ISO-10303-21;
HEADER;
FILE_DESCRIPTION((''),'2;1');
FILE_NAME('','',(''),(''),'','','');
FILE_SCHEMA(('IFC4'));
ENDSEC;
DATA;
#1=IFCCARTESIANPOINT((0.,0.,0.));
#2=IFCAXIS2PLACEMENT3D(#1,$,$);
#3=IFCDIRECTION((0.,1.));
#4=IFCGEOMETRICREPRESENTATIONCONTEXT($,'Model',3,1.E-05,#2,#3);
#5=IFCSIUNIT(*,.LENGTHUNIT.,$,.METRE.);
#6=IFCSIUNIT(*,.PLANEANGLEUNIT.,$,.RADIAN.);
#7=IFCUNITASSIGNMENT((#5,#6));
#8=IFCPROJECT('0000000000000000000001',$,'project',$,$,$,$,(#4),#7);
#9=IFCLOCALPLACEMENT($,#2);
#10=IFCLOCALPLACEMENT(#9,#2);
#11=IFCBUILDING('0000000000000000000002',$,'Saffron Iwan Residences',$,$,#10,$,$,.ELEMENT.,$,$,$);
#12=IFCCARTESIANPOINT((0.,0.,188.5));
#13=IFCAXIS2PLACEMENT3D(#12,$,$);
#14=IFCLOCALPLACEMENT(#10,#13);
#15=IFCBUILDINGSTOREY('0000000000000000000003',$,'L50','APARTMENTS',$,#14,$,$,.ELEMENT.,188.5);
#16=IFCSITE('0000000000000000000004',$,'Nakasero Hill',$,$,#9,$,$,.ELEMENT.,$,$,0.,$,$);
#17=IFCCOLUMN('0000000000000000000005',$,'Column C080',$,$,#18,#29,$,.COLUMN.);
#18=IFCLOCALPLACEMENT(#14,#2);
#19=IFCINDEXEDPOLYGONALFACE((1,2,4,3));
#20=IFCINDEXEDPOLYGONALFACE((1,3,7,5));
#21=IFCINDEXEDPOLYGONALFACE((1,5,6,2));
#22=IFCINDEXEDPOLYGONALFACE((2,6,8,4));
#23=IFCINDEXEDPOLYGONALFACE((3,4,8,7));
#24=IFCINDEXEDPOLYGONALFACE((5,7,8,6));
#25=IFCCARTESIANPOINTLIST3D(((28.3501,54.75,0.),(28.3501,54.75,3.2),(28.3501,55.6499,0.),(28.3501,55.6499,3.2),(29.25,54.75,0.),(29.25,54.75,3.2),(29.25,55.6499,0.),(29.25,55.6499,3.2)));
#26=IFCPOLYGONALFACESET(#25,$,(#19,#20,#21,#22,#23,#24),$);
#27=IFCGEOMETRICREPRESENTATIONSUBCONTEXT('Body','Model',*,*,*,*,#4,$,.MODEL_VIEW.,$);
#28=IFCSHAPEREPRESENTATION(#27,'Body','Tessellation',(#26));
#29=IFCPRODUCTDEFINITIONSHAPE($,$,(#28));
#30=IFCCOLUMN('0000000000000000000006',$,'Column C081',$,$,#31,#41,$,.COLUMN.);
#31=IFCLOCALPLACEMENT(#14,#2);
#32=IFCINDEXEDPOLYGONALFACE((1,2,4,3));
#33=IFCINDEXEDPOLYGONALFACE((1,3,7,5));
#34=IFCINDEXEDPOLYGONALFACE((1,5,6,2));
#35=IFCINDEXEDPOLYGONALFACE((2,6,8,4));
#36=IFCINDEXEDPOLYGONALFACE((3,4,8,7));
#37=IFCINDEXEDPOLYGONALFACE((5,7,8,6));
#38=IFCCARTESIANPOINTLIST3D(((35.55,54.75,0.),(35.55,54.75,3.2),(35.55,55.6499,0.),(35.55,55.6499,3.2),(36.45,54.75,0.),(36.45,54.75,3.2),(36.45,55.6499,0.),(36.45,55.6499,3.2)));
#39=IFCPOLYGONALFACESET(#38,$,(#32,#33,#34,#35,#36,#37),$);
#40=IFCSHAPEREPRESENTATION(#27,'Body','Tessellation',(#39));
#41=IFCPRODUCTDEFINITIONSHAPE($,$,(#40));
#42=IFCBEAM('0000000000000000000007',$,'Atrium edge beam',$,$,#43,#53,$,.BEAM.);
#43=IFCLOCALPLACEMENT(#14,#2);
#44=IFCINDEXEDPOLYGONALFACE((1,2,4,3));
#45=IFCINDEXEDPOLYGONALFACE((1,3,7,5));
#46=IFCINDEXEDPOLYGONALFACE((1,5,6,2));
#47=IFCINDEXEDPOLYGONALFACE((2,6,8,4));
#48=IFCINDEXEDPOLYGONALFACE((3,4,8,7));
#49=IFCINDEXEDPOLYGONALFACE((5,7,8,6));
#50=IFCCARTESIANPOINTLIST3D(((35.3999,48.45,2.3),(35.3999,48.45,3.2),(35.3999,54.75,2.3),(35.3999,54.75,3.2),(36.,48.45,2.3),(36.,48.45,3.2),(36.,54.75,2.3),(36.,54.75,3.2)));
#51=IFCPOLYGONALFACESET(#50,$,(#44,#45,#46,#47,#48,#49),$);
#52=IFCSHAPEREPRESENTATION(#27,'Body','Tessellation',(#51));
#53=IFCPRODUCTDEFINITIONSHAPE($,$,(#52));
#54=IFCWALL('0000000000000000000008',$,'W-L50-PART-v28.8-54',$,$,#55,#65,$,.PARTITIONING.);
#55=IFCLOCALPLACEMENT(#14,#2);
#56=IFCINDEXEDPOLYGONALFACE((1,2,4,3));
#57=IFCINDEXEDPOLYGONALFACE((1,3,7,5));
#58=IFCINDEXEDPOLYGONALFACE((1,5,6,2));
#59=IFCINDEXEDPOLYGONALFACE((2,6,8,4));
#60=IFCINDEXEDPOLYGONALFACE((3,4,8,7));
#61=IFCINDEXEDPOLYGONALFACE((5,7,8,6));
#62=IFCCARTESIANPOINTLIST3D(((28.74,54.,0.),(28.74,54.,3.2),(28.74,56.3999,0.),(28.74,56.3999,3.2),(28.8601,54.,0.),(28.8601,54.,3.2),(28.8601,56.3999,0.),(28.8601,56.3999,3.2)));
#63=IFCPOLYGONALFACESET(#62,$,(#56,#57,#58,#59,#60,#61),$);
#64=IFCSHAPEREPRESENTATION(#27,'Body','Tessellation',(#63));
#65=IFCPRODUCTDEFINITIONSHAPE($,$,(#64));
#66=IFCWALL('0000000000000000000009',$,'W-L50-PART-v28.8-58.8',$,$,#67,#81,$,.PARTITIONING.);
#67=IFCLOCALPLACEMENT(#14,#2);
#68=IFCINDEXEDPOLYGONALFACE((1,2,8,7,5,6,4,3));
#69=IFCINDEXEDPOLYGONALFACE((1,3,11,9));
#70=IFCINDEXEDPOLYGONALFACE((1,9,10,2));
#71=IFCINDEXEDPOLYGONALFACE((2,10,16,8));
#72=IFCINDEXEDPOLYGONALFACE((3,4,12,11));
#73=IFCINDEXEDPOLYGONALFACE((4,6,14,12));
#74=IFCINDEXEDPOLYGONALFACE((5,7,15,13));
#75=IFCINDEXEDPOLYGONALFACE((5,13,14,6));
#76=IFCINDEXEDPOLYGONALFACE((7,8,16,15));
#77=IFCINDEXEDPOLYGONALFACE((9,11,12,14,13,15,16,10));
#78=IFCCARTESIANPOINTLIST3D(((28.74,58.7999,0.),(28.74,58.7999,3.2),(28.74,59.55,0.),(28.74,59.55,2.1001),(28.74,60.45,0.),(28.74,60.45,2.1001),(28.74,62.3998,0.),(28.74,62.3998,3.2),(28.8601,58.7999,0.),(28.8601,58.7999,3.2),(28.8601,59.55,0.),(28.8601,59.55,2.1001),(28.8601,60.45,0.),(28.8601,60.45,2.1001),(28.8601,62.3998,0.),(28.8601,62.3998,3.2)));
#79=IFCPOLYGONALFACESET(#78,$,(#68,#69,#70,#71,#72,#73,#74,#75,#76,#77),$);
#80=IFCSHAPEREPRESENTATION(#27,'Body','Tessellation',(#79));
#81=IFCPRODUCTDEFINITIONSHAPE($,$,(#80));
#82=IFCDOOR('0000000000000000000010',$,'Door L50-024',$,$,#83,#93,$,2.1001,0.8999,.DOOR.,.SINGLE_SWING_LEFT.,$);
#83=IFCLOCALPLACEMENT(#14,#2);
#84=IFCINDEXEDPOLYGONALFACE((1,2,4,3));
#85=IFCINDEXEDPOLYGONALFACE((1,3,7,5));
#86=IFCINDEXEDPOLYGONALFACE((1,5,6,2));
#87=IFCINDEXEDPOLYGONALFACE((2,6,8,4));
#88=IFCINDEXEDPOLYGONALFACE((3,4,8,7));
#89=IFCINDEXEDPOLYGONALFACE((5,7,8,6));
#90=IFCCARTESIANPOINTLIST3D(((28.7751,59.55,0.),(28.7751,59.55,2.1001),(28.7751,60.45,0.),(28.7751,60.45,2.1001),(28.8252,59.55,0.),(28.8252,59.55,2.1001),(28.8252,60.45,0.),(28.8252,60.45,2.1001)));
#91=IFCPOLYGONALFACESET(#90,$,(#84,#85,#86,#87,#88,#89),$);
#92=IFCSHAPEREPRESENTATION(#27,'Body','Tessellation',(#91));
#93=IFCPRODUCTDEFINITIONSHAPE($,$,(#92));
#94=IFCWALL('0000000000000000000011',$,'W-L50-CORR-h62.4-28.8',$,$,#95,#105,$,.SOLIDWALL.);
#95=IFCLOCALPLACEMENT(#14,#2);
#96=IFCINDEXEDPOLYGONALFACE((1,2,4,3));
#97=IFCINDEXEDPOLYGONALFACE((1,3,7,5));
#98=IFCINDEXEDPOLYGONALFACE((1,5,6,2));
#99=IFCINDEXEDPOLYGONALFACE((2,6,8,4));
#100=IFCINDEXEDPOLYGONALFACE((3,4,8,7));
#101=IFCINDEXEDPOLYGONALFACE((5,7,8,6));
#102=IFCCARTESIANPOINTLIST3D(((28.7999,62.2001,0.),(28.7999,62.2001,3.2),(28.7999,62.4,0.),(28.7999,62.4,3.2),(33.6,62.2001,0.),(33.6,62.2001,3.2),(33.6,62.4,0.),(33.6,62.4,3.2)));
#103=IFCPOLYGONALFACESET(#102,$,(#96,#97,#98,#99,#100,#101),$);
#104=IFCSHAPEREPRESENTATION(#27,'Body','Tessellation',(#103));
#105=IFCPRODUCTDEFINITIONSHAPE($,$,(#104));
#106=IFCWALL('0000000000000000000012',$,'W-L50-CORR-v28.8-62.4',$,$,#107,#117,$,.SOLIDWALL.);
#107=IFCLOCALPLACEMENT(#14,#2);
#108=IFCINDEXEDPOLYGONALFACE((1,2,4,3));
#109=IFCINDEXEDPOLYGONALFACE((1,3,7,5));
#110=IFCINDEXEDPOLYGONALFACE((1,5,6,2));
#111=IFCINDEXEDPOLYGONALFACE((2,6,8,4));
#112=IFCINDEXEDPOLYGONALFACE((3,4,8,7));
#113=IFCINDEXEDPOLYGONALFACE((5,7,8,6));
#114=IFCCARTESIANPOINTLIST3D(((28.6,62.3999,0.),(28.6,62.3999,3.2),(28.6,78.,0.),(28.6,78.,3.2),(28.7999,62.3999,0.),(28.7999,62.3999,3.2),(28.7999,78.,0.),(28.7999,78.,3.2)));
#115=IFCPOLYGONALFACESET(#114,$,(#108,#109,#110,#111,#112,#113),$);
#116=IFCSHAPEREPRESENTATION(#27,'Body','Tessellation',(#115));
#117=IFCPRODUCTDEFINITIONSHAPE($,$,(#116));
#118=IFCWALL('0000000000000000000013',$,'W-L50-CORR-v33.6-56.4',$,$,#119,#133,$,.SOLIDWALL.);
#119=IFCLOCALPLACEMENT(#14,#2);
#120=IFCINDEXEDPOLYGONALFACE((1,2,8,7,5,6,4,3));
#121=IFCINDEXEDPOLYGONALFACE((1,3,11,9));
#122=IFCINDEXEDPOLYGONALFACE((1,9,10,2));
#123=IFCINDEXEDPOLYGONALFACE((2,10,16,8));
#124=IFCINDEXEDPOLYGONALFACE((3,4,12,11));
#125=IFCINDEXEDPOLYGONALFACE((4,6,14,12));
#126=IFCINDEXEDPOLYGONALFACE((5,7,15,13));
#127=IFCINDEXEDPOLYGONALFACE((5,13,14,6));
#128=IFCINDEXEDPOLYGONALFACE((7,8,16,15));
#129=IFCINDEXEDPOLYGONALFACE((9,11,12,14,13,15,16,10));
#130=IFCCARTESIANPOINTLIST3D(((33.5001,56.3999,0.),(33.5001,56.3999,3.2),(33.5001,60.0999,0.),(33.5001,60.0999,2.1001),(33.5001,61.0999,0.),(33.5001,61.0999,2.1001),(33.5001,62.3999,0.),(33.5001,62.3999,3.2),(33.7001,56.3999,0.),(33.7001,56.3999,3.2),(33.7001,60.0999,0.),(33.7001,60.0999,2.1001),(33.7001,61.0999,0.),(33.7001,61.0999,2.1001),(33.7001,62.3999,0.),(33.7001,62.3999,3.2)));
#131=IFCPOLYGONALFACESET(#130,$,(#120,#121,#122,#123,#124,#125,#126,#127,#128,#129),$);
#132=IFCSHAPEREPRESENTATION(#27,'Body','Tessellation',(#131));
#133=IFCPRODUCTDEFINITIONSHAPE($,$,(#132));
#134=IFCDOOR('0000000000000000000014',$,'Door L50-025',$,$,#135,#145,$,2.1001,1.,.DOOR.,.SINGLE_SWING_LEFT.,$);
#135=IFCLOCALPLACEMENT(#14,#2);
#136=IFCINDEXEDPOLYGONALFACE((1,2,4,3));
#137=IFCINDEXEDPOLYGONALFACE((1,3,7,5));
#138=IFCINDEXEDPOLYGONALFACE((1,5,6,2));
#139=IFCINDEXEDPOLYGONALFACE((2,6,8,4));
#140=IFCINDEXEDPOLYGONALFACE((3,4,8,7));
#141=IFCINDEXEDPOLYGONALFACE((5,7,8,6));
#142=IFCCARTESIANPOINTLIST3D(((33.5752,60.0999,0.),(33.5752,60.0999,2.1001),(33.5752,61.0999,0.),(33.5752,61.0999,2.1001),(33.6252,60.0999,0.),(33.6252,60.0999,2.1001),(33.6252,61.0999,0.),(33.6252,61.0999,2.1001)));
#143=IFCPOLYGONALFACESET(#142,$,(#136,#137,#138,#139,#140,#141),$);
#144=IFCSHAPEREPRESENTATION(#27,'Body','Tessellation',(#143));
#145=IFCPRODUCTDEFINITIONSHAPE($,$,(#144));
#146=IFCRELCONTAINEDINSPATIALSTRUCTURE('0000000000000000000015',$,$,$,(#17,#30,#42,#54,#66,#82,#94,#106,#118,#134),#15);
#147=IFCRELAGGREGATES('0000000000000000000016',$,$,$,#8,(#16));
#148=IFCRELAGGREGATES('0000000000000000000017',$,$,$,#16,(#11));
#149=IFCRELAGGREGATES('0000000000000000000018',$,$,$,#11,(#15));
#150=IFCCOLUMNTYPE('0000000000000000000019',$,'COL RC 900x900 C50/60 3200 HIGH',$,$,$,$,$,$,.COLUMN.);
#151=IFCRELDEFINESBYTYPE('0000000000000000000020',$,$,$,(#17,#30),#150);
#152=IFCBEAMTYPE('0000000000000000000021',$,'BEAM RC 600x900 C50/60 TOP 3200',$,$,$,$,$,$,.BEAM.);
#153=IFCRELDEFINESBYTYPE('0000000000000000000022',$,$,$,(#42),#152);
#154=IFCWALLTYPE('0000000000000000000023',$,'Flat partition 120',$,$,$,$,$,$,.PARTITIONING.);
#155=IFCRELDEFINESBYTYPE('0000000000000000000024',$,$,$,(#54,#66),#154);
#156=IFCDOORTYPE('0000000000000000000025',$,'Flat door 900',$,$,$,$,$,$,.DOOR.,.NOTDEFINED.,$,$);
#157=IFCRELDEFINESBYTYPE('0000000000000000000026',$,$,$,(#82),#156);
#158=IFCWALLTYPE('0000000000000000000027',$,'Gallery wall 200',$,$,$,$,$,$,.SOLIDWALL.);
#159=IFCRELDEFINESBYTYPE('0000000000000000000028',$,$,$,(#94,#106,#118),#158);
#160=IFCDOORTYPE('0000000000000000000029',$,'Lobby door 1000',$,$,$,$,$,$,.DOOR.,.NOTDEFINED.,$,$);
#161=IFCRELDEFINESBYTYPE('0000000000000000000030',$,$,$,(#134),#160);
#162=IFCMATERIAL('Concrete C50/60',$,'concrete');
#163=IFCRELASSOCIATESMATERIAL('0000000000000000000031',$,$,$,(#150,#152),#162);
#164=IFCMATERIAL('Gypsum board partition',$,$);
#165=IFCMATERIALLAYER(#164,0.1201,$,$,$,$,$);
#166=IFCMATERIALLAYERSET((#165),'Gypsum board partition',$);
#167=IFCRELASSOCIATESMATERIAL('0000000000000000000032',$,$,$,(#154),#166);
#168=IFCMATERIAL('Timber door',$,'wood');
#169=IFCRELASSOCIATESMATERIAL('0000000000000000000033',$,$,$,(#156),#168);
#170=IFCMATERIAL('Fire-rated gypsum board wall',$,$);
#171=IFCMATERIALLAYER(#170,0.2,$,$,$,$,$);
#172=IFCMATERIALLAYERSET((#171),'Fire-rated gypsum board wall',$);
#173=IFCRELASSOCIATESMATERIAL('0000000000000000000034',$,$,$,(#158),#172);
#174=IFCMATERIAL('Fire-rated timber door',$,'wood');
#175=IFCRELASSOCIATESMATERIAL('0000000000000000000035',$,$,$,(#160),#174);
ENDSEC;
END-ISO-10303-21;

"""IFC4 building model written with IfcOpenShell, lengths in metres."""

from ifc_helpers import new_model, si_unit, direction, frame, frame_2d, origin, origin_2d, place, context, subcontext, project, spatial, rectangle, extrude, source, transform, mapped, material, layer, layer_set, material_profile, profile_set, type_object, element, fill, save


model = new_model("IFC4")

# Units and contexts
model_context = context("Model", 3, precision=1e-05, world=origin(), true_north=direction((0.0, 1.0)))
body_context = subcontext(model_context, "Body", "Model", "MODEL_VIEW")
ifc_project = project(units=[si_unit("LENGTHUNIT", "METRE"), si_unit("PLANEANGLEUNIT", "RADIAN")], contexts=[model_context])

# Site, building, storey
site_placement = place(None, origin())
site = spatial("IfcSite", under=ifc_project, at=site_placement, Name="Nakasero Hill", CompositionType="ELEMENT", RefElevation=0.0)
building_placement = place(site_placement, origin())
building = spatial("IfcBuilding", under=site, at=building_placement, Name="Saffron Iwan Residences", CompositionType="ELEMENT")
storey_placement = place(building_placement, frame((0.0, 0.0, 188.5)))
storey = spatial("IfcBuildingStorey", under=building, at=storey_placement, Name="L50", Description="APARTMENTS", CompositionType="ELEMENT", Elevation=188.5)

# Columns
ifc_material_1 = material(Name="Concrete C50/60", Category="concrete")
ifc_material_profile_1 = material_profile(ifc_material_1, rectangle(XDim=0.8999, YDim=0.8999, at=origin_2d()), Name="RC 900x900")
ifc_profile_set_1 = profile_set([ifc_material_profile_1], Name="Concrete C50/60")
column_type = type_object("IfcColumnType", Name="COL RC 900x900 C50/60 3200 HIGH", PredefinedType="COLUMN", material=ifc_profile_set_1)
shared_shape_1 = source(origin(), body_context, "Body", "SweptSolid", [
    extrude(rectangle(XDim=0.8999, YDim=0.8999, at=origin_2d()), origin(), (0.0, 0.0, 1.0), 3.2),
])
for number, where, z_axis, x_axis, name in (
    (1, (28.8, 55.2, 0.0), (0.0, 0.0, 1.0), (1.0, 0.0, 0.0), "Column C080"),
    (2, (36.0, 55.2, 0.0), (0.0, 0.0, 1.0), (1.0, 0.0, 0.0), "Column C081"),
):
    element("IfcColumn", number, at=place(storey_placement, frame(where, z_axis=z_axis, x_axis=x_axis)), inside=storey, type_object=column_type, Name=name, PredefinedType="COLUMN", context=body_context, shape_type="MappedRepresentation", body=[
        mapped(shared_shape_1, transform((0.0, 0.0, 0.0))),
    ])

# Beam
ifc_material_profile_2 = material_profile(ifc_material_1, rectangle(XDim=0.6001, YDim=0.8999, at=origin_2d()), Name="RC 600x900")
ifc_profile_set_2 = profile_set([ifc_material_profile_2], Name="Concrete C50/60")
beam_type = type_object("IfcBeamType", Name="BEAM RC 600x900 C50/60 TOP 3200", PredefinedType="BEAM", material=ifc_profile_set_2)
shared_shape_2 = source(origin(), body_context, "Body", "SweptSolid", [
    extrude(rectangle(XDim=0.6001, YDim=0.8999, at=origin_2d()), origin(), (0.0, 0.0, 1.0), 6.3),
])
beam_placement = place(storey_placement, frame((35.7, 48.45, 2.75), z_axis=(0.0, 1.0, 0.0), x_axis=(-1.0, 0.0, 0.0)))
element("IfcBeam", 3, at=beam_placement, inside=storey, type_object=beam_type, Name="Atrium edge beam", PredefinedType="BEAM", context=body_context, shape_type="MappedRepresentation", body=[
    mapped(shared_shape_2, transform((0.0, 0.0, 0.0))),
])

# Wall
ifc_material_2 = material(Name="Gypsum board partition")
ifc_layer_1 = layer(ifc_material_2, 0.1201)
ifc_layer_set_1 = layer_set([ifc_layer_1], Name="Gypsum board partition")
wall_type_1 = type_object("IfcWallType", Name="Flat partition 120", PredefinedType="PARTITIONING", material=ifc_layer_set_1)
wall_1_placement = place(storey_placement, frame((28.8, 54.0, 0.0), z_axis=(0.0, 0.0, 1.0), x_axis=(0.0, 1.0, 0.0)))
element("IfcWall", 4, at=wall_1_placement, inside=storey, type_object=wall_type_1, Name="W-L50-PART-v28.8-54", PredefinedType="PARTITIONING", context=body_context, shape_type="SweptSolid", body=[
    extrude(rectangle(XDim=2.3999, YDim=0.1201, at=frame_2d((1.2, 0.0))), origin(), (0.0, 0.0, 1.0), 3.2),
])

# Wall, opening, door
wall_2_placement = place(storey_placement, frame((28.8, 58.8, 0.0), z_axis=(0.0, 0.0, 1.0), x_axis=(0.0, 1.0, 0.0)))
wall_2 = element("IfcWall", 5, at=wall_2_placement, inside=storey, type_object=wall_type_1, Name="W-L50-PART-v28.8-58.8", PredefinedType="PARTITIONING", context=body_context, shape_type="SweptSolid", body=[
    extrude(rectangle(XDim=3.5999, YDim=0.1201, at=frame_2d((1.7998, 0.0))), origin(), (0.0, 0.0, 1.0), 3.2),
])
opening_1_placement = place(wall_2_placement, frame((0.75, 0.0, 0.0)))
opening_1 = element("IfcOpeningElement", 6, at=opening_1_placement, cuts=wall_2, PredefinedType="OPENING", context=body_context, shape_type="SweptSolid", body=[
    extrude(rectangle(XDim=0.8999, YDim=2.1001, at=frame_2d((0.45, 1.05))), frame((0.0, 0.0701, 0.0), z_axis=(0.0, -1.0, 0.0), x_axis=(1.0, 0.0, 0.0)), (0.0, 0.0, 1.0), 0.1401),
])
ifc_material_3 = material(Name="Timber door", Category="wood")
door_type_1 = type_object("IfcDoorType", Name="Flat door 900", OperationType="NOTDEFINED", PredefinedType="DOOR", material=ifc_material_3)
door_1_placement = place(opening_1_placement, origin())
door_1 = element("IfcDoor", 7, at=door_1_placement, inside=storey, type_object=door_type_1, Name="Door L50-024", OperationType="SINGLE_SWING_LEFT", OverallHeight=2.1001, OverallWidth=0.8999, PredefinedType="DOOR", context=body_context, shape_type="SweptSolid", body=[
    extrude(rectangle(XDim=0.8999, YDim=2.1001, at=frame_2d((0.45, 1.05))), frame((0.0, 0.0249, 0.0), z_axis=(0.0, -1.0, 0.0), x_axis=(1.0, 0.0, 0.0)), (0.0, 0.0, 1.0), 0.05),
])
fill(opening_1, door_1)

# Walls
ifc_material_4 = material(Name="Fire-rated gypsum board wall")
ifc_layer_2 = layer(ifc_material_4, 0.2)
ifc_layer_set_2 = layer_set([ifc_layer_2], Name="Fire-rated gypsum board wall")
wall_type_2 = type_object("IfcWallType", Name="Gallery wall 200", PredefinedType="SOLIDWALL", material=ifc_layer_set_2)
wall_3_placement = place(storey_placement, frame((28.8, 62.3, 0.0), z_axis=(0.0, 0.0, 1.0), x_axis=(1.0, 0.0, 0.0)))
element("IfcWall", 8, at=wall_3_placement, inside=storey, type_object=wall_type_2, Name="W-L50-CORR-h62.4-28.8", PredefinedType="SOLIDWALL", context=body_context, shape_type="SweptSolid", body=[
    extrude(rectangle(XDim=4.8, YDim=0.2, at=frame_2d((2.3999, 0.0))), origin(), (0.0, 0.0, 1.0), 3.2),
])
wall_4_placement = place(storey_placement, frame((28.7, 62.3999, 0.0), z_axis=(0.0, 0.0, 1.0), x_axis=(0.0, 1.0, 0.0)))
element("IfcWall", 9, at=wall_4_placement, inside=storey, type_object=wall_type_2, Name="W-L50-CORR-v28.8-62.4", PredefinedType="SOLIDWALL", context=body_context, shape_type="SweptSolid", body=[
    extrude(rectangle(XDim=15.6001, YDim=0.2, at=frame_2d((7.8, 0.0))), origin(), (0.0, 0.0, 1.0), 3.2),
])

# Wall, opening, door
wall_5_placement = place(storey_placement, frame((33.6001, 56.3999, 0.0), z_axis=(0.0, 0.0, 1.0), x_axis=(0.0, 1.0, 0.0)))
wall_5 = element("IfcWall", 10, at=wall_5_placement, inside=storey, type_object=wall_type_2, Name="W-L50-CORR-v33.6-56.4", PredefinedType="SOLIDWALL", context=body_context, shape_type="SweptSolid", body=[
    extrude(rectangle(XDim=6.0, YDim=0.2, at=frame_2d((3.0, 0.0))), origin(), (0.0, 0.0, 1.0), 3.2),
])
opening_2_placement = place(wall_5_placement, frame((3.7, 0.0, 0.0)))
opening_2 = element("IfcOpeningElement", 11, at=opening_2_placement, cuts=wall_5, PredefinedType="OPENING", context=body_context, shape_type="SweptSolid", body=[
    extrude(rectangle(XDim=1.0, YDim=2.1001, at=frame_2d((0.5, 1.05))), frame((0.0, 0.1099, 0.0), z_axis=(0.0, -1.0, 0.0), x_axis=(1.0, 0.0, 0.0)), (0.0, 0.0, 1.0), 0.22),
])
ifc_material_5 = material(Name="Fire-rated timber door", Category="wood")
door_type_2 = type_object("IfcDoorType", Name="Lobby door 1000", OperationType="NOTDEFINED", PredefinedType="DOOR", material=ifc_material_5)
door_2_placement = place(opening_2_placement, origin())
door_2 = element("IfcDoor", 12, at=door_2_placement, inside=storey, type_object=door_type_2, Name="Door L50-025", OperationType="SINGLE_SWING_LEFT", OverallHeight=2.1001, OverallWidth=1.0, PredefinedType="DOOR", context=body_context, shape_type="SweptSolid", body=[
    extrude(rectangle(XDim=1.0, YDim=2.1001, at=frame_2d((0.5, 1.05))), frame((0.0, 0.0249, 0.0), z_axis=(0.0, -1.0, 0.0), x_axis=(1.0, 0.0, 0.0)), (0.0, 0.0, 1.0), 0.05),
])
fill(opening_2, door_2)

save(model, "model.ifc")
